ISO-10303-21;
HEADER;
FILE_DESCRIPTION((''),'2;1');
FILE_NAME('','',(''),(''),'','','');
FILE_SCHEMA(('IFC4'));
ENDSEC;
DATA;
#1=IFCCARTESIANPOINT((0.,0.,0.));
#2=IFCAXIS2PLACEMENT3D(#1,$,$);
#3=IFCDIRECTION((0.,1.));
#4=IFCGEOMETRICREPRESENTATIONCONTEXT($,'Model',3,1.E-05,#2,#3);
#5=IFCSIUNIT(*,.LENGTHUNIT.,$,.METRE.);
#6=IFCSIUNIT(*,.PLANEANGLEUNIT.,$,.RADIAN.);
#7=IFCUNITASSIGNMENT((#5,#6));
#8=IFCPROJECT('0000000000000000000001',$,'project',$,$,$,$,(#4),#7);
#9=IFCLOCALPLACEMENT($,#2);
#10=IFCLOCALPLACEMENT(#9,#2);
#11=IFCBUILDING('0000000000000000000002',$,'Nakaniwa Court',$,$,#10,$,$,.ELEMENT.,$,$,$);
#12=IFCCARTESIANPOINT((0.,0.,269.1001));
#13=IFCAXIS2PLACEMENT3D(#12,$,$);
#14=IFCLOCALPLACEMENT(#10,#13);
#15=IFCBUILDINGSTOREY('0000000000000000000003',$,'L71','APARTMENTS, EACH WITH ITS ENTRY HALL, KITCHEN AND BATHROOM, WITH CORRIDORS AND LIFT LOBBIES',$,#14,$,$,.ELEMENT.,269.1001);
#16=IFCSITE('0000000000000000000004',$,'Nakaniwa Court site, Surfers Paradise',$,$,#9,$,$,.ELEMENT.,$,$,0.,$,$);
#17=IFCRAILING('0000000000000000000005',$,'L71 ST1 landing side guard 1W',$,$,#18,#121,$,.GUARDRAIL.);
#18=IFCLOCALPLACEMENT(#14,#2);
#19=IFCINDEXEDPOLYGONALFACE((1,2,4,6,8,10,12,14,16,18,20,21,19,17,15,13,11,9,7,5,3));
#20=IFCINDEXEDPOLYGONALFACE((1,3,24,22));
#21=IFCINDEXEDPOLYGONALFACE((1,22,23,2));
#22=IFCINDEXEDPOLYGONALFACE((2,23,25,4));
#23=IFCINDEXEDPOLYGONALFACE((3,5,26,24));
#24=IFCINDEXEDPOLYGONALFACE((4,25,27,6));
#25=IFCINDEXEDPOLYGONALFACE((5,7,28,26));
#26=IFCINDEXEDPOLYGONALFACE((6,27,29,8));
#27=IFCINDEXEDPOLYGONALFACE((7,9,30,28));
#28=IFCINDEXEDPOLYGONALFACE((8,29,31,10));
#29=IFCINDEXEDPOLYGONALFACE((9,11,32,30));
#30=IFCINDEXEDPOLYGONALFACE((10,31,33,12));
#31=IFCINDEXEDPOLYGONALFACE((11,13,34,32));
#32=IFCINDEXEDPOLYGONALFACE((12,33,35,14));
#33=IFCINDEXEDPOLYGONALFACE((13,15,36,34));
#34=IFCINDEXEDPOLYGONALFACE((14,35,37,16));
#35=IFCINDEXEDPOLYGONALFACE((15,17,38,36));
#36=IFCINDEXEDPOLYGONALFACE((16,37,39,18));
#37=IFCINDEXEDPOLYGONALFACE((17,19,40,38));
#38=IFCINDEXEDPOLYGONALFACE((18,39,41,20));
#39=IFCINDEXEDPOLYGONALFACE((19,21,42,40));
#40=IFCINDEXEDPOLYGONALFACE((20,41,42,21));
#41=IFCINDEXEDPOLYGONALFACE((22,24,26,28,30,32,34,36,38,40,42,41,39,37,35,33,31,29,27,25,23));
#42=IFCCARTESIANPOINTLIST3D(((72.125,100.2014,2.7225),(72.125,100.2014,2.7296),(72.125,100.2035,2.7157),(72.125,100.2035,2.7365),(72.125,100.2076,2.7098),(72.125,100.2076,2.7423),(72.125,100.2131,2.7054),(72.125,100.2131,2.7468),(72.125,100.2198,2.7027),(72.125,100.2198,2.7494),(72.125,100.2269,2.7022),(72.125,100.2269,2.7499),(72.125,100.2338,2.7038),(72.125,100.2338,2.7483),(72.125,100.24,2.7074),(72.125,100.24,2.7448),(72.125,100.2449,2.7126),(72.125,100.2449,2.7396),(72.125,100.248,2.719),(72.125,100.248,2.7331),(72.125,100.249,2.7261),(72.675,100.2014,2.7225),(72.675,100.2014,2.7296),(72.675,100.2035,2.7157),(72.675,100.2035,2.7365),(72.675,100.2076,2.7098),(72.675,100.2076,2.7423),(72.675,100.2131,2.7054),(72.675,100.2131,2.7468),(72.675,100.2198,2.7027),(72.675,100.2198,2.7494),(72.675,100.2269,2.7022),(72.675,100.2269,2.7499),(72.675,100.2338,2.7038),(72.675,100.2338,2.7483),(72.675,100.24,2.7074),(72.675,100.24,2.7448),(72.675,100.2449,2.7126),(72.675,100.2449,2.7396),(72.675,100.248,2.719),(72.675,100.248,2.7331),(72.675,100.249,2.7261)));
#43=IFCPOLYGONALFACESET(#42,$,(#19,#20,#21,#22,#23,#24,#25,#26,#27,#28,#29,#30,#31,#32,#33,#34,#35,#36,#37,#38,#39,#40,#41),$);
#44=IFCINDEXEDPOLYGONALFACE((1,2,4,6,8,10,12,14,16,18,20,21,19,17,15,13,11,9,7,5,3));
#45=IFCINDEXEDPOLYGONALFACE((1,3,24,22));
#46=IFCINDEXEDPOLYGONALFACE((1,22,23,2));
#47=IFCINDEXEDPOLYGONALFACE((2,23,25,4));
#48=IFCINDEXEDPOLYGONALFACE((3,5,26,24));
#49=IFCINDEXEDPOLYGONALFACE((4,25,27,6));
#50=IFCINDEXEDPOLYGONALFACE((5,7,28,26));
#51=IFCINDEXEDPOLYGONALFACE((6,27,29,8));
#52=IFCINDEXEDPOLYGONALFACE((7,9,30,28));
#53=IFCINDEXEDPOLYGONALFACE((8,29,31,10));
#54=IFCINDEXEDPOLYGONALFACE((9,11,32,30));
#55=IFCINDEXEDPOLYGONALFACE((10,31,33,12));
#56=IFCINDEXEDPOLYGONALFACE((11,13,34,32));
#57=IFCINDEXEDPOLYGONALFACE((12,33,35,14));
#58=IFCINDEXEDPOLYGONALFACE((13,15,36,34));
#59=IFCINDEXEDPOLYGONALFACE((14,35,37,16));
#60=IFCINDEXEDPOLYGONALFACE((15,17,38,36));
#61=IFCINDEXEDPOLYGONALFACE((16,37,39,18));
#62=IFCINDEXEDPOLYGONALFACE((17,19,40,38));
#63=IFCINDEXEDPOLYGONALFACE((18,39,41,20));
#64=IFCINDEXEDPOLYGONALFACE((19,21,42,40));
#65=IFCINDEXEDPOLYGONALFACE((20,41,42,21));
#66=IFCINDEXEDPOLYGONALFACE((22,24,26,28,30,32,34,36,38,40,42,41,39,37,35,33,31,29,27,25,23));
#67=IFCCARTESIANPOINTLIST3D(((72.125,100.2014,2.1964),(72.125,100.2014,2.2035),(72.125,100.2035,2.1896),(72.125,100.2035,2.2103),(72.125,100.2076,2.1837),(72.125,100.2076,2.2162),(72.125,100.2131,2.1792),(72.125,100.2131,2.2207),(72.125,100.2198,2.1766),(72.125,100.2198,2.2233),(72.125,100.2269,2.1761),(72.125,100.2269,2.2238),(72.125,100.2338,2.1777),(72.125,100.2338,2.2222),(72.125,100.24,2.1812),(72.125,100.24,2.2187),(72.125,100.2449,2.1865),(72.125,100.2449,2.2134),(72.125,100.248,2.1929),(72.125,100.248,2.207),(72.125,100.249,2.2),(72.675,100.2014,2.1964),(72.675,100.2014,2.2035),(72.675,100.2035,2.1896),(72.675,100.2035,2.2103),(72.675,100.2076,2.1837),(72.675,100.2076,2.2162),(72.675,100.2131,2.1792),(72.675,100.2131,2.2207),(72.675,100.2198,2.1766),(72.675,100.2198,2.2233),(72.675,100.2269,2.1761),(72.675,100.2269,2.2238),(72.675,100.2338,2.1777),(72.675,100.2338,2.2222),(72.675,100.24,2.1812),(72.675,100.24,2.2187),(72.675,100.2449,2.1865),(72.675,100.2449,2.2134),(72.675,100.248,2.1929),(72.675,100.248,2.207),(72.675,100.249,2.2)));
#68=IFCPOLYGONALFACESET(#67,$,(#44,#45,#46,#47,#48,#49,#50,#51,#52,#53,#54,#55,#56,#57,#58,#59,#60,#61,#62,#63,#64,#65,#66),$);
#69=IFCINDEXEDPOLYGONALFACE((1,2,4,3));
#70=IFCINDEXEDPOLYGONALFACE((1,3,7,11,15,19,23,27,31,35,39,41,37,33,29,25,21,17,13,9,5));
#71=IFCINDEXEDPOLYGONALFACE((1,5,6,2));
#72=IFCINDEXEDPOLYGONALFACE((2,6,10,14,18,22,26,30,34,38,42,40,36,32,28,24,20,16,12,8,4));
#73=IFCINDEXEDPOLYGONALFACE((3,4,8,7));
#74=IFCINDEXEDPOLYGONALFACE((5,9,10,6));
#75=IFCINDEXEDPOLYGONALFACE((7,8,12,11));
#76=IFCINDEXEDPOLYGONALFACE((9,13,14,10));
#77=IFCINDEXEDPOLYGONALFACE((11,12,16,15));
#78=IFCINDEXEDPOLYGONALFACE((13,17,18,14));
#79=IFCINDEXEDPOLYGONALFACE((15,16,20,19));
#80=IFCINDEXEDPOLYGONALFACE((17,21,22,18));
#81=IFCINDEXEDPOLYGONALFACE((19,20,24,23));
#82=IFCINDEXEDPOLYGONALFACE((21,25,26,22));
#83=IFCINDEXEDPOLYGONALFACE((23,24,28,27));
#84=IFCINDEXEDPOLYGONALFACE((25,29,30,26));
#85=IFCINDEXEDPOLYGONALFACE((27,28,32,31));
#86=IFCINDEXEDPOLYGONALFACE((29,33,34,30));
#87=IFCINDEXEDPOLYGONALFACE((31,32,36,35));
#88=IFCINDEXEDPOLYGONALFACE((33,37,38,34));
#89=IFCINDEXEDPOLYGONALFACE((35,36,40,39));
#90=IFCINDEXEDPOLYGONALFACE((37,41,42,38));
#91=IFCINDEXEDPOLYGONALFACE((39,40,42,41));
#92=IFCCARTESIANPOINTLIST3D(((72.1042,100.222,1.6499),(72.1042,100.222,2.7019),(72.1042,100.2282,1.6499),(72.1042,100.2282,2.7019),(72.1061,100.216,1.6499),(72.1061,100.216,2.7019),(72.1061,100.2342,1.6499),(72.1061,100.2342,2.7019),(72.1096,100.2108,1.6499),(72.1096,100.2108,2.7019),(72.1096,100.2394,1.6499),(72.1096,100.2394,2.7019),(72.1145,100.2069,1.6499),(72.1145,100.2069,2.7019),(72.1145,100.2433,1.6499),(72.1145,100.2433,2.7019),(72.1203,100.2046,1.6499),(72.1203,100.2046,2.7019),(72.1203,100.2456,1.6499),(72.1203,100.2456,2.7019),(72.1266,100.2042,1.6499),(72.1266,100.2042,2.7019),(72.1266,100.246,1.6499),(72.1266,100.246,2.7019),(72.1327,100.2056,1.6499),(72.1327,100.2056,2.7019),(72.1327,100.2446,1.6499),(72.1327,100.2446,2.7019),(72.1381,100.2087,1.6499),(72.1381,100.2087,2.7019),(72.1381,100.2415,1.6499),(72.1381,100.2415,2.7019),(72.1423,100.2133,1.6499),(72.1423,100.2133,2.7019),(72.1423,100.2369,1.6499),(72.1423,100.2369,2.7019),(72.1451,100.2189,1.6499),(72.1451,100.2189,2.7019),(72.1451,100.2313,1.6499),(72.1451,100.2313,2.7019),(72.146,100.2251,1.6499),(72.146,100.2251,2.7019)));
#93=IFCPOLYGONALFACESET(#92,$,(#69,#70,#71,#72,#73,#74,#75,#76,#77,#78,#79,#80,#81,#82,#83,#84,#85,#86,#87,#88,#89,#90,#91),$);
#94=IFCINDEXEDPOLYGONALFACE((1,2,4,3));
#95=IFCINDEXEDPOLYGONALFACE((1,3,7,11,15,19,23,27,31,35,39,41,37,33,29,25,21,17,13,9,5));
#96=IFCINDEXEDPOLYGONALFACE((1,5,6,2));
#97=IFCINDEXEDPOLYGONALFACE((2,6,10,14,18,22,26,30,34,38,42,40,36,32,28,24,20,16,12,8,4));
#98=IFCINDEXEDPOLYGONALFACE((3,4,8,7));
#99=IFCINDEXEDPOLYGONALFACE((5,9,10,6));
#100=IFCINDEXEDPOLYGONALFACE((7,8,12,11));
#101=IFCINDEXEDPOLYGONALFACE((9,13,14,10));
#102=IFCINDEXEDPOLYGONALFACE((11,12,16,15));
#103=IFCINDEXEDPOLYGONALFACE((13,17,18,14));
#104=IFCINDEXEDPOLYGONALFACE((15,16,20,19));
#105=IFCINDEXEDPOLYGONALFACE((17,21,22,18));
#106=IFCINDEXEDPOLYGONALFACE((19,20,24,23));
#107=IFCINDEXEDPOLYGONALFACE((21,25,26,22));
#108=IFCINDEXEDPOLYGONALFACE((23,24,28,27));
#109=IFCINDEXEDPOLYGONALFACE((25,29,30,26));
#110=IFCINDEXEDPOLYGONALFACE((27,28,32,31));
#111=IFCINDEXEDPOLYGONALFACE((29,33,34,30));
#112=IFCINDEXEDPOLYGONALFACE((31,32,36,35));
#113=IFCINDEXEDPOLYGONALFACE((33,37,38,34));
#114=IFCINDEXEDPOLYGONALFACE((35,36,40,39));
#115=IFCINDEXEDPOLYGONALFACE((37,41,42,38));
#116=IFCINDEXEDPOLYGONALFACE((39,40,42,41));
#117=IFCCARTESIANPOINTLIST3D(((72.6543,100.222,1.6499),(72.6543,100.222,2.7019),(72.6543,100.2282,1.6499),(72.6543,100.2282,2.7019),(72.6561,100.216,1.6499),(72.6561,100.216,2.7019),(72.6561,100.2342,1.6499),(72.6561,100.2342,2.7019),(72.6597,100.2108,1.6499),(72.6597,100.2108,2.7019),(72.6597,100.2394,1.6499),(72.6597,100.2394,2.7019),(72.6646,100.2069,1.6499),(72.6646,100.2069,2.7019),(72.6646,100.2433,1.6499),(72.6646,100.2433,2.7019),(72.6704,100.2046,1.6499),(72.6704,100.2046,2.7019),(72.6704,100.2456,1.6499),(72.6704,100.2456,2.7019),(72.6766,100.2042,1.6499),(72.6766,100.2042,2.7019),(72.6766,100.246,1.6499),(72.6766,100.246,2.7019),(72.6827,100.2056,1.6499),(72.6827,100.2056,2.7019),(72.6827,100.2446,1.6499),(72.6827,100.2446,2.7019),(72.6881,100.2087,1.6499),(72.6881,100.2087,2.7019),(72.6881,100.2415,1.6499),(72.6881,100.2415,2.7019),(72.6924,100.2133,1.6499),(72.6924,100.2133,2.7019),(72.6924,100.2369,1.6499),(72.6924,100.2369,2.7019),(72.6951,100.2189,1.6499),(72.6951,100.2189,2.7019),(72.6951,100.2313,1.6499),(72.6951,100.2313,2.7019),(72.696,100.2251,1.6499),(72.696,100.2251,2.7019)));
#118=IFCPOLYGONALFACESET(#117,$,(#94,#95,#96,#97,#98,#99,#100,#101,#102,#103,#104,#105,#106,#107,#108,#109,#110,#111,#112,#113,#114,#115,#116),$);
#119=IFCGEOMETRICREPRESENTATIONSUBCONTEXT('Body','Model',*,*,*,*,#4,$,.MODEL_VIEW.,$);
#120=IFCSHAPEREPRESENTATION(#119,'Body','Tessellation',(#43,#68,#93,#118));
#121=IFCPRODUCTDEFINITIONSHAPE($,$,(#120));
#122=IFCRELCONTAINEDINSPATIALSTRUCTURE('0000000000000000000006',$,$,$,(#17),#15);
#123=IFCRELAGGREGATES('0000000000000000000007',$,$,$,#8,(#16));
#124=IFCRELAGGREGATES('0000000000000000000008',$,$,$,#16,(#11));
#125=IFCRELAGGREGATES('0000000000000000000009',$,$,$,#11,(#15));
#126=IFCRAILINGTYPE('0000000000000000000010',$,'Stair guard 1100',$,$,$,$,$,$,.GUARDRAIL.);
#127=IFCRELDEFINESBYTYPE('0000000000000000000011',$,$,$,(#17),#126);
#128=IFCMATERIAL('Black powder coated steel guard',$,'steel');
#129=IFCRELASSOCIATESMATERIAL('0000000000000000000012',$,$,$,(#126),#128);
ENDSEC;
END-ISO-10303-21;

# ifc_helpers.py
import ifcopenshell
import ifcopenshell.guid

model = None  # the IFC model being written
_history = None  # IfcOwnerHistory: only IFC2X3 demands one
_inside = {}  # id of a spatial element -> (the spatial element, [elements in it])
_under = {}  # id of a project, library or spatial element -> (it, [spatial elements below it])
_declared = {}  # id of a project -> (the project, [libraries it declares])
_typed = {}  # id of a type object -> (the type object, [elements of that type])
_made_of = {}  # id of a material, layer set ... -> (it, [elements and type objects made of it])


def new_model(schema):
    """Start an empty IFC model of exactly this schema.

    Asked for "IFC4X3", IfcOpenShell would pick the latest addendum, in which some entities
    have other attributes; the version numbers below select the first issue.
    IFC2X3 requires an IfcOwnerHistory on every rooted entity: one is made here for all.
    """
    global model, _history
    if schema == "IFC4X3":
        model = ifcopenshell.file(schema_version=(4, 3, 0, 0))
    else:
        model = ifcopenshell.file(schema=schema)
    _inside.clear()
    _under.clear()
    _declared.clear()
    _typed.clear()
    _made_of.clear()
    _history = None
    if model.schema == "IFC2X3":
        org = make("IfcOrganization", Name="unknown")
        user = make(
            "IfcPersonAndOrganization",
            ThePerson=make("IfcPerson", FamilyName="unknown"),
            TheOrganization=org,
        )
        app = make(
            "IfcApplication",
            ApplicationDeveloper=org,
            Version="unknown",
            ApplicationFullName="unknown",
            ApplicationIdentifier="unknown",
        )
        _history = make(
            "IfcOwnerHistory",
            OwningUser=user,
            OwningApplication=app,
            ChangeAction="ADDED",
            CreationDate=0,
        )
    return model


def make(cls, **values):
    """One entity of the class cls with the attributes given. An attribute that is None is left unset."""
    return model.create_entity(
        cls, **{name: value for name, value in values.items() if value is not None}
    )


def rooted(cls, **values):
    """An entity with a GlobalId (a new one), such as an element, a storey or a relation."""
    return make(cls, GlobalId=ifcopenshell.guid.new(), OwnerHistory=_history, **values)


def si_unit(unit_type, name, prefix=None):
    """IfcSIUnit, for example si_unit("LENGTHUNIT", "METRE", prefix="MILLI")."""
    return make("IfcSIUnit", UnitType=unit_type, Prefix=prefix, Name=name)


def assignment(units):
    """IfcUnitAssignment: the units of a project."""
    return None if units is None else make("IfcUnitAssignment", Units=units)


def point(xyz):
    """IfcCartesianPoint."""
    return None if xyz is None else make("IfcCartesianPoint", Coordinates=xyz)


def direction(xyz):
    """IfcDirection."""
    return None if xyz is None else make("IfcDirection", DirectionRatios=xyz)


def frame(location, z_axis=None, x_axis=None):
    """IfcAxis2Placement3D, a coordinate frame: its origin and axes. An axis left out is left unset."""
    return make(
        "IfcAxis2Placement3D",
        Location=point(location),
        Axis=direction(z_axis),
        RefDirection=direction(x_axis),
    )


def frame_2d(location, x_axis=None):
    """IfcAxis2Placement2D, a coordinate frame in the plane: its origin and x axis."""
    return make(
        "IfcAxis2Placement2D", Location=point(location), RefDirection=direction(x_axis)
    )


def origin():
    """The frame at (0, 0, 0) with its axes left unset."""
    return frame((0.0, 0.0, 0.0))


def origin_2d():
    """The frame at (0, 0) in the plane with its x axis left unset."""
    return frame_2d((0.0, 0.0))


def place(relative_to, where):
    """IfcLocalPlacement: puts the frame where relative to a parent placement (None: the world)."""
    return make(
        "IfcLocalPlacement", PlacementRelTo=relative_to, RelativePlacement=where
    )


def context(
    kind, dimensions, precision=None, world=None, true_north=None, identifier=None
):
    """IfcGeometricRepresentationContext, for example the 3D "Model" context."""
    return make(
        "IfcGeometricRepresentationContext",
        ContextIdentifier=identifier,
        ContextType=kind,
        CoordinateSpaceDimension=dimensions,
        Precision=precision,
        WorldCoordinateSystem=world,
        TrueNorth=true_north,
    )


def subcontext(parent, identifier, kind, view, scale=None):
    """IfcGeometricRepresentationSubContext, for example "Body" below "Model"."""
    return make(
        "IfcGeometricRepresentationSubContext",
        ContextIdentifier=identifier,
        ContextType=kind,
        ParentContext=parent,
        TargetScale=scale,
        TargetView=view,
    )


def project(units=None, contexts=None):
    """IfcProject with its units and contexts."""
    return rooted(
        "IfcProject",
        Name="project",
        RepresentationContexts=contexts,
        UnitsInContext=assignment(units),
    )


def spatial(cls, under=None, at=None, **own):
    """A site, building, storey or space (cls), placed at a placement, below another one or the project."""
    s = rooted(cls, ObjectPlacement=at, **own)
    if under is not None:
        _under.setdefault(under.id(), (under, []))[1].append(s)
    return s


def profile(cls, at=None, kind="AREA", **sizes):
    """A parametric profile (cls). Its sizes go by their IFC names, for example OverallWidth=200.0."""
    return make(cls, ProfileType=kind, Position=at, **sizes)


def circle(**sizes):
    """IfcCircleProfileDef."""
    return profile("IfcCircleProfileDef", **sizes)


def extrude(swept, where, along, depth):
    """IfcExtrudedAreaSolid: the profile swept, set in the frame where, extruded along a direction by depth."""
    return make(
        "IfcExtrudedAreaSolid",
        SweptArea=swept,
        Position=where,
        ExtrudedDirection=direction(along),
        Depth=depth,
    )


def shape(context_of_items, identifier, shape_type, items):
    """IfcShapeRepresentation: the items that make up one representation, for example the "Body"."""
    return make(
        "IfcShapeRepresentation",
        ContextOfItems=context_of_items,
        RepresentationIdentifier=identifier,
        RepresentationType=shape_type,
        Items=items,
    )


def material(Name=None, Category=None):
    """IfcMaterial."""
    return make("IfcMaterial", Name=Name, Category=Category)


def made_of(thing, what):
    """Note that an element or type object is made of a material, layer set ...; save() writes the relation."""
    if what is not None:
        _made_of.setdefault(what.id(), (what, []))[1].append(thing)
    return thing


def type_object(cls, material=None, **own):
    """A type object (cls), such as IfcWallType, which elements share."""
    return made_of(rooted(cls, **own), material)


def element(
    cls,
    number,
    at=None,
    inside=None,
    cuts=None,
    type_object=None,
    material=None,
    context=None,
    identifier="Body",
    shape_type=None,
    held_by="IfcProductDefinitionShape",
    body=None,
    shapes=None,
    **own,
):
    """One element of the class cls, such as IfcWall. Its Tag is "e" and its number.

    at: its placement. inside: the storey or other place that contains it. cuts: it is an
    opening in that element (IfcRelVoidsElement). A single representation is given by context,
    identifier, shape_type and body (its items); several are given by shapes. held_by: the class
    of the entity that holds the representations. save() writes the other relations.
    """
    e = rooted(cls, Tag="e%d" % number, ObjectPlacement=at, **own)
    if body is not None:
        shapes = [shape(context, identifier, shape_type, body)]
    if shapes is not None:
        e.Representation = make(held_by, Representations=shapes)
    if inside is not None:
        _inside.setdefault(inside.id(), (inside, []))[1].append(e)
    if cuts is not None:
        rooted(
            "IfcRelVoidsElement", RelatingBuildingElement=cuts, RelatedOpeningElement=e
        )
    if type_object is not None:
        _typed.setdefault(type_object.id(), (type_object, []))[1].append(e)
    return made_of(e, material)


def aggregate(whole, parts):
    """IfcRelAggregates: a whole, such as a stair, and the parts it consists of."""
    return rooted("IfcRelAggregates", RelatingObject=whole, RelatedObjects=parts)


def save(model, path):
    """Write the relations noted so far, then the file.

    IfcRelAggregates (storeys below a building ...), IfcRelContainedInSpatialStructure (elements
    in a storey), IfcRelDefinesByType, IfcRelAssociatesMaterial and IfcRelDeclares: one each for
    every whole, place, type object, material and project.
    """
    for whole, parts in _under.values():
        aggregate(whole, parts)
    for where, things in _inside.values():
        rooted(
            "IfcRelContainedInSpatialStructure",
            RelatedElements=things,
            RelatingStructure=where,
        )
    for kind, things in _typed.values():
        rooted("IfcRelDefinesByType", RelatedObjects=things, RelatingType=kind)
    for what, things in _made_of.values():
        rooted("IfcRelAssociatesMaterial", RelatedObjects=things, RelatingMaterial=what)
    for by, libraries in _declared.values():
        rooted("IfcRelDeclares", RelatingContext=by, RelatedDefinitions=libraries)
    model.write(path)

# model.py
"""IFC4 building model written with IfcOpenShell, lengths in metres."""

from ifc_helpers import new_model, si_unit, direction, frame, origin, origin_2d, place, context, subcontext, project, spatial, circle, extrude, material, type_object, element, save


model = new_model("IFC4")

# Units and contexts
model_context = context("Model", 3, precision=1e-05, world=origin(), true_north=direction((0.0, 1.0)))
body_context = subcontext(model_context, "Body", "Model", "MODEL_VIEW")
ifc_project = project(units=[si_unit("LENGTHUNIT", "METRE"), si_unit("PLANEANGLEUNIT", "RADIAN")], contexts=[model_context])

# Site, building, storey
site_placement = place(None, origin())
site = spatial("IfcSite", under=ifc_project, at=site_placement, Name="Nakaniwa Court site, Surfers Paradise", CompositionType="ELEMENT", RefElevation=0.0)
building_placement = place(site_placement, origin())
building = spatial("IfcBuilding", under=site, at=building_placement, Name="Nakaniwa Court", CompositionType="ELEMENT")
storey_placement = place(building_placement, frame((0.0, 0.0, 269.1001)))
storey = spatial("IfcBuildingStorey", under=building, at=storey_placement, Name="L71", Description="APARTMENTS, EACH WITH ITS ENTRY HALL, KITCHEN AND BATHROOM, WITH CORRIDORS AND LIFT LOBBIES", CompositionType="ELEMENT", Elevation=269.1001)

# Railing
ifc_material_1 = material(Name="Black powder coated steel guard", Category="steel")
railing_type_1 = type_object("IfcRailingType", Name="Stair guard 1100", PredefinedType="GUARDRAIL", material=ifc_material_1)
for number, where, name in (
    (1, (72.125, 100.2251, 1.6499), "L71 ST1 landing side guard 1W"),
):
    element("IfcRailing", number, at=place(storey_placement, frame(where)), inside=storey, type_object=railing_type_1, Name=name, PredefinedType="GUARDRAIL", context=body_context, shape_type="SweptSolid", body=[
        extrude(circle(Radius=0.0239, at=origin_2d()), frame((0.0, 0.0, 1.0762), z_axis=(1.0, 0.0, 0.0), x_axis=(0.0, 1.0, 0.0)), (0.0, 0.0, 1.0), 0.55),
        extrude(circle(Radius=0.0239, at=origin_2d()), frame((0.0, 0.0, 0.55), z_axis=(1.0, 0.0, 0.0), x_axis=(0.0, 1.0, 0.0)), (0.0, 0.0, 1.0), 0.55),
        extrude(circle(Radius=0.021, at=origin_2d()), origin(), (0.0, 0.0, 1.0), 1.052),
        extrude(circle(Radius=0.021, at=origin_2d()), frame((0.55, 0.0, 0.0)), (0.0, 0.0, 1.0), 1.052),
    ])

save(model, "model.ifc")
